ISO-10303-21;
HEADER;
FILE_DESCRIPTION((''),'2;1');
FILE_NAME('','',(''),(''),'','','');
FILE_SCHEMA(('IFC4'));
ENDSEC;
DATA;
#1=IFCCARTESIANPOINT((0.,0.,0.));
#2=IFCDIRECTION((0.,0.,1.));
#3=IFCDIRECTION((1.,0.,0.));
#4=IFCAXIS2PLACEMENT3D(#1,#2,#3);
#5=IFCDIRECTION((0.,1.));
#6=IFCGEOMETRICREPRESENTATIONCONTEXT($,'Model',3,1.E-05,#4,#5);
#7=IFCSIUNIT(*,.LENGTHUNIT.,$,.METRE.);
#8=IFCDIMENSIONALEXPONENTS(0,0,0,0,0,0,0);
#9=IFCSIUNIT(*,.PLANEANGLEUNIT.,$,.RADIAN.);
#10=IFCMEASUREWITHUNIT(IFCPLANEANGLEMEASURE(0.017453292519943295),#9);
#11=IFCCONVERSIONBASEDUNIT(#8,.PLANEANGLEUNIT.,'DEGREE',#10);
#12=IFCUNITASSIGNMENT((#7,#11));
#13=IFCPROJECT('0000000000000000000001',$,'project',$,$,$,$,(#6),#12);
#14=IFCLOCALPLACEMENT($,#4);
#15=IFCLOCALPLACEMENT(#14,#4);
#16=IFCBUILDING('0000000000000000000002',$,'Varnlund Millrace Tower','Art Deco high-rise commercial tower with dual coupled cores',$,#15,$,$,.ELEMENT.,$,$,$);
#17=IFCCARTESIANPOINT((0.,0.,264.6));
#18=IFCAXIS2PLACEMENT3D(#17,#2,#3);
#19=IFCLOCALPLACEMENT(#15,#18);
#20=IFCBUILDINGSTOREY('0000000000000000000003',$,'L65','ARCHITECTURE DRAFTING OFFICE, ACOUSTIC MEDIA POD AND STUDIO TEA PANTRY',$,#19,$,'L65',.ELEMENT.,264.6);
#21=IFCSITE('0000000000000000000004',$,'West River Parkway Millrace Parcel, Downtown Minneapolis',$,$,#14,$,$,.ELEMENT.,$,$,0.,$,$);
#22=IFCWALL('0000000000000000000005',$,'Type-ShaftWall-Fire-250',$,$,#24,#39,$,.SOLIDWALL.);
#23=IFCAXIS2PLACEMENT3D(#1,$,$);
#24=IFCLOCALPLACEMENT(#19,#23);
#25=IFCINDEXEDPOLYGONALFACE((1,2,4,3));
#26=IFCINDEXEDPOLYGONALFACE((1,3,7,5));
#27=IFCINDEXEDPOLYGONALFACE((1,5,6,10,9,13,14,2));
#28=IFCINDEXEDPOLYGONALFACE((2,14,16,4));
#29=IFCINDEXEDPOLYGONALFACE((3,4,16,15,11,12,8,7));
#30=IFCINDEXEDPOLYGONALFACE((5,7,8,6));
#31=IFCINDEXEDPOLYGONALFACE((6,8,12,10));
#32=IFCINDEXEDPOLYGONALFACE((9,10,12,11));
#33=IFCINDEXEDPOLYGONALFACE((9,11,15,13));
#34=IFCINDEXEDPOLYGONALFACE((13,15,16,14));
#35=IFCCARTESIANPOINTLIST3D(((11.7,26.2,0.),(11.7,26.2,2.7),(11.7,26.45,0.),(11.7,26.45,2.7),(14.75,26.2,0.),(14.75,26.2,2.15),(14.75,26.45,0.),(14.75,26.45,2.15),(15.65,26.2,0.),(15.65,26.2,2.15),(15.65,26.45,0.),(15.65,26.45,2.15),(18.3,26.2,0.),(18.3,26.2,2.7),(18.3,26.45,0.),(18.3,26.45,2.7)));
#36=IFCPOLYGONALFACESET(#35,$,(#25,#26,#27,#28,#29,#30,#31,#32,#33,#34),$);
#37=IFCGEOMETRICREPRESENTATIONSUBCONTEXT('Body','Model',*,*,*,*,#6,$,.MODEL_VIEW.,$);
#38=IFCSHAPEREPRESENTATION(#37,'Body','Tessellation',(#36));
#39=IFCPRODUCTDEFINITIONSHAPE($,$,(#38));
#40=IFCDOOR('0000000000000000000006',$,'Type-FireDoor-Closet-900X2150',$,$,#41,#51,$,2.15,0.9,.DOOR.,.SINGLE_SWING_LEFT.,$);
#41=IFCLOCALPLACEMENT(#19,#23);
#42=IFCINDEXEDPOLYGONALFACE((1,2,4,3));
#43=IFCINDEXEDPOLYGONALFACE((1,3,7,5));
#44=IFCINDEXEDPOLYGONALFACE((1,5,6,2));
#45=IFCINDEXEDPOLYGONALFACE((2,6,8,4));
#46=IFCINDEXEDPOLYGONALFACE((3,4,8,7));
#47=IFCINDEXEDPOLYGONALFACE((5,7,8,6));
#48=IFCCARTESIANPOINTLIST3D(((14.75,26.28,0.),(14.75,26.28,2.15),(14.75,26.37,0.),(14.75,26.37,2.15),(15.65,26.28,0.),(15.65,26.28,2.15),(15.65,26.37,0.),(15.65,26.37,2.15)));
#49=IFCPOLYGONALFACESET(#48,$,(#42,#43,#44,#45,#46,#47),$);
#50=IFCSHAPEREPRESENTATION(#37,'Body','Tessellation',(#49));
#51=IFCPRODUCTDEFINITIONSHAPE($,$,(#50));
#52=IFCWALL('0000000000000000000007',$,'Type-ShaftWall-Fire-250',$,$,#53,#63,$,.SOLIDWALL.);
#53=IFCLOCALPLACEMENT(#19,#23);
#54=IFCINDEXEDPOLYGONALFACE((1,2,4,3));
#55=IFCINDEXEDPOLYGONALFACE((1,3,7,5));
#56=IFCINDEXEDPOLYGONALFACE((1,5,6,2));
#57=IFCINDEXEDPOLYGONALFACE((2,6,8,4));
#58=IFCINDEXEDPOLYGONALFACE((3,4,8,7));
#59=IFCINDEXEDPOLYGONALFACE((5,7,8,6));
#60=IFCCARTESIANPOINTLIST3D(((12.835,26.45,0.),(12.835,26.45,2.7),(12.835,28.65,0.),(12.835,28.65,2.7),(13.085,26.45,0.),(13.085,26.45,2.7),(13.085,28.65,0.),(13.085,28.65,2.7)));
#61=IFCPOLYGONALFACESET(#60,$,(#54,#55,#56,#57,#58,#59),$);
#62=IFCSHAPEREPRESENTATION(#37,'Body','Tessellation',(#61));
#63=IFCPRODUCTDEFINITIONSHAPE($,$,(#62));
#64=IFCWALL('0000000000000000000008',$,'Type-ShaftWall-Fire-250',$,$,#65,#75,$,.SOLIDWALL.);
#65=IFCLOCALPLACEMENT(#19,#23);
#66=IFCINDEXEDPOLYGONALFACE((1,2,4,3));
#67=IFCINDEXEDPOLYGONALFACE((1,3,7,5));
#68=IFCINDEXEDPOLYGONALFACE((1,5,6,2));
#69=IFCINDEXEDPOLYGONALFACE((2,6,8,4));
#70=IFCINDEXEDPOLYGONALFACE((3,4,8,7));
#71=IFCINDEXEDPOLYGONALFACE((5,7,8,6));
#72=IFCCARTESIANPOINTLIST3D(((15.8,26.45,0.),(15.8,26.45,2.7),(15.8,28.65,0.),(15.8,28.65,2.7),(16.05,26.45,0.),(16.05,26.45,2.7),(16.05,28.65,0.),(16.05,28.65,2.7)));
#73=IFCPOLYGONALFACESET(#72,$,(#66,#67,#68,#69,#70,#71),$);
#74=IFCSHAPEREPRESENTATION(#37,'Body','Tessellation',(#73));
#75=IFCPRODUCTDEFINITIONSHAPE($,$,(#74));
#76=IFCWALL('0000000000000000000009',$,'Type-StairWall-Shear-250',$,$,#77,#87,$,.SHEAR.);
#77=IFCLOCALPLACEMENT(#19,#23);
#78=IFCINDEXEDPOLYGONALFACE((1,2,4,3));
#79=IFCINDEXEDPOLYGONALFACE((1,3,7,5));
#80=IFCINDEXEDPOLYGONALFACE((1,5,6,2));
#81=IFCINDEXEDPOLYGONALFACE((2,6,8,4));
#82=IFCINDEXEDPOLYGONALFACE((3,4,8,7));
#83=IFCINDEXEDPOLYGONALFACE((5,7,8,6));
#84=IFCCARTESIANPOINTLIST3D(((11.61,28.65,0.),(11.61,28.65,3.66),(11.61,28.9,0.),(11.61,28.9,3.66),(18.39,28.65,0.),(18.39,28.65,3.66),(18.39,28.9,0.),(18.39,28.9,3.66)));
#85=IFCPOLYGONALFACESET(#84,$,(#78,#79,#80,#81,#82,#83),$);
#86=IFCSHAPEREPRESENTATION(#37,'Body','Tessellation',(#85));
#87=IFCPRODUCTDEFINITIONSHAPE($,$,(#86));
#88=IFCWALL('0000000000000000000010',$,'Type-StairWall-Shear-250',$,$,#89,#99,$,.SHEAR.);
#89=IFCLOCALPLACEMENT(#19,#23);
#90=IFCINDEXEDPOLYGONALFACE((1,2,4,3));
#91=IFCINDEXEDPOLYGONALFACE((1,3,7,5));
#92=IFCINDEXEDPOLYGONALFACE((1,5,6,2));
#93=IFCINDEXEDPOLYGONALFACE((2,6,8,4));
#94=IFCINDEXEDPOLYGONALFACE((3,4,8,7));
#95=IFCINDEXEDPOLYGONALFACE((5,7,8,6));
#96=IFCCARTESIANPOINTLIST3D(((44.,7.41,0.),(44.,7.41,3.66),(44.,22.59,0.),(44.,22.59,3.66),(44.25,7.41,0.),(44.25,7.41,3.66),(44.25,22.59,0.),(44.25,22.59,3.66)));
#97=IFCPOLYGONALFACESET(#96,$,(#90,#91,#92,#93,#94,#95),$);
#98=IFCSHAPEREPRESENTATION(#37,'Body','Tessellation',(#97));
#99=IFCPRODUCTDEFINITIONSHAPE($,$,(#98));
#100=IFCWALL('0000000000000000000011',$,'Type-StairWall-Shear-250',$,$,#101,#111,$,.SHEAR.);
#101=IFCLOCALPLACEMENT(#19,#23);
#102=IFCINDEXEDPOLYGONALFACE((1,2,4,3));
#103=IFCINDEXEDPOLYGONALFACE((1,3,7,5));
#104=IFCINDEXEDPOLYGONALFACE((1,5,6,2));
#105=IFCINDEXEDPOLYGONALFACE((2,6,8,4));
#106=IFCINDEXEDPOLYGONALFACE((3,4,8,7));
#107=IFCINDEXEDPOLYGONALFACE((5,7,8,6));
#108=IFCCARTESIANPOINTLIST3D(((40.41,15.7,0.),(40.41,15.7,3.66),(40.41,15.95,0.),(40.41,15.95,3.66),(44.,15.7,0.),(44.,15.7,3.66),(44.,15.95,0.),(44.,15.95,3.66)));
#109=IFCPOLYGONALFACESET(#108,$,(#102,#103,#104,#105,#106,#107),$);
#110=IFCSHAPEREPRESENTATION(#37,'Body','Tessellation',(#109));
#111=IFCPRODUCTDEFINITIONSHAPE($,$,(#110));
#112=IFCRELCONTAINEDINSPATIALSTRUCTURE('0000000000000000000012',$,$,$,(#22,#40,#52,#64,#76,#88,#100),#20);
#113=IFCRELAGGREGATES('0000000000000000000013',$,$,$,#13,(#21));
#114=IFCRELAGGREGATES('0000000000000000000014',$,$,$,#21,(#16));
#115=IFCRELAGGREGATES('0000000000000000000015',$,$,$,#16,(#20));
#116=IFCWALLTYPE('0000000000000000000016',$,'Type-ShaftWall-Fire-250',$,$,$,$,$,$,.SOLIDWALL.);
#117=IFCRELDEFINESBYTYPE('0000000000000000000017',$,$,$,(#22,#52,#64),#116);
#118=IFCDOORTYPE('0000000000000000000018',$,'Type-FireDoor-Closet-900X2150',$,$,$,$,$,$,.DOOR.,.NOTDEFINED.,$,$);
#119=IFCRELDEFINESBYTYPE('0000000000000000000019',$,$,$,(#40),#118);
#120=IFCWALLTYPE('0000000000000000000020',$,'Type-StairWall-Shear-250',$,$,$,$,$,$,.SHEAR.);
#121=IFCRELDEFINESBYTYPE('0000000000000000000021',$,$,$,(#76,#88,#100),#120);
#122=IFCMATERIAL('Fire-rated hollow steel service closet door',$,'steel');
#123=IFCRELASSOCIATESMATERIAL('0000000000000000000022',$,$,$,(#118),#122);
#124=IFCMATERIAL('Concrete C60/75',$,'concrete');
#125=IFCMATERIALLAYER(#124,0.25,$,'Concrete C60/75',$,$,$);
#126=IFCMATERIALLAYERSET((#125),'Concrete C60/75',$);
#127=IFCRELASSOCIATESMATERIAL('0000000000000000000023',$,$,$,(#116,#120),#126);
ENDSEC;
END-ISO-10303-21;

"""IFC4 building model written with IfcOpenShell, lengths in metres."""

from ifc_helpers import new_model, entity, si_unit, converted_unit, direction, frame, origin_with_axes, origin_2d_with_axis, place, context, subcontext, project, spatial, polyline, rectangle, outline, extrude, material, layer, layer_set, type_object, element, fill, save


model = new_model("IFC4")

# Units and contexts
model_context = context("Model", 3, precision=1e-05, world=origin_with_axes(), true_north=direction((0.0, 1.0)))
body_context = subcontext(model_context, "Body", "Model", "MODEL_VIEW")
ifc_project = project(units=[si_unit("LENGTHUNIT", "METRE"), converted_unit("PLANEANGLEUNIT", "DEGREE", entity("IfcPlaneAngleMeasure", 0.017453292519943295), si_unit("PLANEANGLEUNIT", "RADIAN"), dimensions=[0, 0, 0, 0, 0, 0, 0])], contexts=[model_context])

# Site, building, storey
site_placement = place(None, origin_with_axes())
site = spatial("IfcSite", under=ifc_project, at=site_placement, Name="West River Parkway Millrace Parcel, Downtown Minneapolis", CompositionType="ELEMENT", RefElevation=0.0)
building_placement = place(site_placement, origin_with_axes())
building = spatial("IfcBuilding", under=site, at=building_placement, Name="Varnlund Millrace Tower", Description="Art Deco high-rise commercial tower with dual coupled cores", CompositionType="ELEMENT")
storey_placement = place(building_placement, frame((0.0, 0.0, 264.6), z_axis=(0.0, 0.0, 1.0), x_axis=(1.0, 0.0, 0.0)))
storey = spatial("IfcBuildingStorey", under=building, at=storey_placement, Name="L65", Description="ARCHITECTURE DRAFTING OFFICE, ACOUSTIC MEDIA POD AND STUDIO TEA PANTRY", LongName="L65", CompositionType="ELEMENT", Elevation=264.6)

# Shared definitions
ifc_material_1 = material(Name="Concrete C60/75", Category="concrete")
ifc_material_2 = material(Name="Fire-rated hollow steel service closet door", Category="steel")
door_type_1 = type_object("IfcDoorType", Name="Type-FireDoor-Closet-900X2150", OperationType="NOTDEFINED", PredefinedType="DOOR", material=ifc_material_2)

# Shared definitions
ifc_layer_1 = layer(ifc_material_1, 0.25, Name="Concrete C60/75")
ifc_layer_set_1 = layer_set([ifc_layer_1], Name="Concrete C60/75")
wall_type_1 = type_object("IfcWallType", Name="Type-ShaftWall-Fire-250", PredefinedType="SOLIDWALL", material=ifc_layer_set_1)

# Wall, opening, door
wall_1_placement = place(storey_placement, frame((11.7, 26.325, 0.0), z_axis=(0.0, 0.0, 1.0), x_axis=(1.0, 0.0, 0.0)))
wall_1 = element("IfcWall", 1, at=wall_1_placement, inside=storey, type_object=wall_type_1, Name="Type-ShaftWall-Fire-250", PredefinedType="SOLIDWALL", context=body_context, shape_type="SweptSolid", body=[
    extrude(outline(polyline([(0.0, -0.125), (6.6, -0.125), (6.6, 0.125), (0.0, 0.125), (0.0, -0.125)])), origin_with_axes(), (0.0, 0.0, 1.0), 2.7),
])
opening_1_placement = place(wall_1_placement, frame((3.5, 0.0, 0.0), z_axis=(0.0, 0.0, 1.0), x_axis=(1.0, 0.0, 0.0)))
opening_1 = element("IfcOpeningElement", 2, at=opening_1_placement, cuts=wall_1, PredefinedType="OPENING", context=body_context, shape_type="SweptSolid", body=[
    extrude(rectangle(XDim=0.9, YDim=0.27, at=origin_2d_with_axis()), origin_with_axes(), (0.0, 0.0, 1.0), 2.15),
])
door_1_placement = place(wall_1_placement, frame((3.5, 0.0, 0.0), z_axis=(0.0, 0.0, 1.0), x_axis=(1.0, 0.0, 0.0)))
door_1 = element("IfcDoor", 3, at=door_1_placement, inside=storey, type_object=door_type_1, Name="Type-FireDoor-Closet-900X2150", OperationType="SINGLE_SWING_LEFT", OverallHeight=2.15, OverallWidth=0.9, PredefinedType="DOOR", context=body_context, shape_type="SweptSolid", body=[
    extrude(rectangle(XDim=0.9, YDim=0.09, at=origin_2d_with_axis()), origin_with_axes(), (0.0, 0.0, 1.0), 2.15),
])
fill(opening_1, door_1)

# Walls
for number, where, z_axis, x_axis, name in (
    (4, (12.96, 26.45, 0.0), (0.0, 0.0, 1.0), (0.0, 1.0, 0.0), "Type-ShaftWall-Fire-250"),
    (5, (15.925, 26.45, 0.0), (0.0, 0.0, 1.0), (0.0, 1.0, 0.0), "Type-ShaftWall-Fire-250"),
):
    element("IfcWall", number, at=place(storey_placement, frame(where, z_axis=z_axis, x_axis=x_axis)), inside=storey, type_object=wall_type_1, Name=name, PredefinedType="SOLIDWALL", context=body_context, shape_type="SweptSolid", body=[
        extrude(outline(polyline([(0.0, -0.125), (2.2, -0.125), (2.2, 0.125), (0.0, 0.125), (0.0, -0.125)])), origin_with_axes(), (0.0, 0.0, 1.0), 2.7),
    ])
wall_type_2 = type_object("IfcWallType", Name="Type-StairWall-Shear-250", PredefinedType="SHEAR", material=ifc_layer_set_1)
wall_2_placement = place(storey_placement, frame((11.61, 28.775, 0.0), z_axis=(0.0, 0.0, 1.0), x_axis=(1.0, 0.0, 0.0)))
element("IfcWall", 6, at=wall_2_placement, inside=storey, type_object=wall_type_2, Name="Type-StairWall-Shear-250", PredefinedType="SHEAR", context=body_context, shape_type="SweptSolid", body=[
    extrude(outline(polyline([(0.0, -0.125), (6.78, -0.125), (6.78, 0.125), (0.0, 0.125), (0.0, -0.125)])), origin_with_axes(), (0.0, 0.0, 1.0), 3.66),
])
wall_3_placement = place(storey_placement, frame((44.125, 7.41, 0.0), z_axis=(0.0, 0.0, 1.0), x_axis=(0.0, 1.0, 0.0)))
element("IfcWall", 7, at=wall_3_placement, inside=storey, type_object=wall_type_2, Name="Type-StairWall-Shear-250", PredefinedType="SHEAR", context=body_context, shape_type="SweptSolid", body=[
    extrude(outline(polyline([(0.0, -0.125), (15.18, -0.125), (15.18, 0.125), (0.0, 0.125), (0.0, -0.125)])), origin_with_axes(), (0.0, 0.0, 1.0), 3.66),
])
wall_4_placement = place(storey_placement, frame((40.41, 15.825, 0.0), z_axis=(0.0, 0.0, 1.0), x_axis=(1.0, 0.0, 0.0)))
element("IfcWall", 8, at=wall_4_placement, inside=storey, type_object=wall_type_2, Name="Type-StairWall-Shear-250", PredefinedType="SHEAR", context=body_context, shape_type="SweptSolid", body=[
    extrude(outline(polyline([(0.0, -0.125), (3.59, -0.125), (3.59, 0.125), (0.0, 0.125), (0.0, -0.125)])), origin_with_axes(), (0.0, 0.0, 1.0), 3.66),
])

save(model, "model.ifc")
